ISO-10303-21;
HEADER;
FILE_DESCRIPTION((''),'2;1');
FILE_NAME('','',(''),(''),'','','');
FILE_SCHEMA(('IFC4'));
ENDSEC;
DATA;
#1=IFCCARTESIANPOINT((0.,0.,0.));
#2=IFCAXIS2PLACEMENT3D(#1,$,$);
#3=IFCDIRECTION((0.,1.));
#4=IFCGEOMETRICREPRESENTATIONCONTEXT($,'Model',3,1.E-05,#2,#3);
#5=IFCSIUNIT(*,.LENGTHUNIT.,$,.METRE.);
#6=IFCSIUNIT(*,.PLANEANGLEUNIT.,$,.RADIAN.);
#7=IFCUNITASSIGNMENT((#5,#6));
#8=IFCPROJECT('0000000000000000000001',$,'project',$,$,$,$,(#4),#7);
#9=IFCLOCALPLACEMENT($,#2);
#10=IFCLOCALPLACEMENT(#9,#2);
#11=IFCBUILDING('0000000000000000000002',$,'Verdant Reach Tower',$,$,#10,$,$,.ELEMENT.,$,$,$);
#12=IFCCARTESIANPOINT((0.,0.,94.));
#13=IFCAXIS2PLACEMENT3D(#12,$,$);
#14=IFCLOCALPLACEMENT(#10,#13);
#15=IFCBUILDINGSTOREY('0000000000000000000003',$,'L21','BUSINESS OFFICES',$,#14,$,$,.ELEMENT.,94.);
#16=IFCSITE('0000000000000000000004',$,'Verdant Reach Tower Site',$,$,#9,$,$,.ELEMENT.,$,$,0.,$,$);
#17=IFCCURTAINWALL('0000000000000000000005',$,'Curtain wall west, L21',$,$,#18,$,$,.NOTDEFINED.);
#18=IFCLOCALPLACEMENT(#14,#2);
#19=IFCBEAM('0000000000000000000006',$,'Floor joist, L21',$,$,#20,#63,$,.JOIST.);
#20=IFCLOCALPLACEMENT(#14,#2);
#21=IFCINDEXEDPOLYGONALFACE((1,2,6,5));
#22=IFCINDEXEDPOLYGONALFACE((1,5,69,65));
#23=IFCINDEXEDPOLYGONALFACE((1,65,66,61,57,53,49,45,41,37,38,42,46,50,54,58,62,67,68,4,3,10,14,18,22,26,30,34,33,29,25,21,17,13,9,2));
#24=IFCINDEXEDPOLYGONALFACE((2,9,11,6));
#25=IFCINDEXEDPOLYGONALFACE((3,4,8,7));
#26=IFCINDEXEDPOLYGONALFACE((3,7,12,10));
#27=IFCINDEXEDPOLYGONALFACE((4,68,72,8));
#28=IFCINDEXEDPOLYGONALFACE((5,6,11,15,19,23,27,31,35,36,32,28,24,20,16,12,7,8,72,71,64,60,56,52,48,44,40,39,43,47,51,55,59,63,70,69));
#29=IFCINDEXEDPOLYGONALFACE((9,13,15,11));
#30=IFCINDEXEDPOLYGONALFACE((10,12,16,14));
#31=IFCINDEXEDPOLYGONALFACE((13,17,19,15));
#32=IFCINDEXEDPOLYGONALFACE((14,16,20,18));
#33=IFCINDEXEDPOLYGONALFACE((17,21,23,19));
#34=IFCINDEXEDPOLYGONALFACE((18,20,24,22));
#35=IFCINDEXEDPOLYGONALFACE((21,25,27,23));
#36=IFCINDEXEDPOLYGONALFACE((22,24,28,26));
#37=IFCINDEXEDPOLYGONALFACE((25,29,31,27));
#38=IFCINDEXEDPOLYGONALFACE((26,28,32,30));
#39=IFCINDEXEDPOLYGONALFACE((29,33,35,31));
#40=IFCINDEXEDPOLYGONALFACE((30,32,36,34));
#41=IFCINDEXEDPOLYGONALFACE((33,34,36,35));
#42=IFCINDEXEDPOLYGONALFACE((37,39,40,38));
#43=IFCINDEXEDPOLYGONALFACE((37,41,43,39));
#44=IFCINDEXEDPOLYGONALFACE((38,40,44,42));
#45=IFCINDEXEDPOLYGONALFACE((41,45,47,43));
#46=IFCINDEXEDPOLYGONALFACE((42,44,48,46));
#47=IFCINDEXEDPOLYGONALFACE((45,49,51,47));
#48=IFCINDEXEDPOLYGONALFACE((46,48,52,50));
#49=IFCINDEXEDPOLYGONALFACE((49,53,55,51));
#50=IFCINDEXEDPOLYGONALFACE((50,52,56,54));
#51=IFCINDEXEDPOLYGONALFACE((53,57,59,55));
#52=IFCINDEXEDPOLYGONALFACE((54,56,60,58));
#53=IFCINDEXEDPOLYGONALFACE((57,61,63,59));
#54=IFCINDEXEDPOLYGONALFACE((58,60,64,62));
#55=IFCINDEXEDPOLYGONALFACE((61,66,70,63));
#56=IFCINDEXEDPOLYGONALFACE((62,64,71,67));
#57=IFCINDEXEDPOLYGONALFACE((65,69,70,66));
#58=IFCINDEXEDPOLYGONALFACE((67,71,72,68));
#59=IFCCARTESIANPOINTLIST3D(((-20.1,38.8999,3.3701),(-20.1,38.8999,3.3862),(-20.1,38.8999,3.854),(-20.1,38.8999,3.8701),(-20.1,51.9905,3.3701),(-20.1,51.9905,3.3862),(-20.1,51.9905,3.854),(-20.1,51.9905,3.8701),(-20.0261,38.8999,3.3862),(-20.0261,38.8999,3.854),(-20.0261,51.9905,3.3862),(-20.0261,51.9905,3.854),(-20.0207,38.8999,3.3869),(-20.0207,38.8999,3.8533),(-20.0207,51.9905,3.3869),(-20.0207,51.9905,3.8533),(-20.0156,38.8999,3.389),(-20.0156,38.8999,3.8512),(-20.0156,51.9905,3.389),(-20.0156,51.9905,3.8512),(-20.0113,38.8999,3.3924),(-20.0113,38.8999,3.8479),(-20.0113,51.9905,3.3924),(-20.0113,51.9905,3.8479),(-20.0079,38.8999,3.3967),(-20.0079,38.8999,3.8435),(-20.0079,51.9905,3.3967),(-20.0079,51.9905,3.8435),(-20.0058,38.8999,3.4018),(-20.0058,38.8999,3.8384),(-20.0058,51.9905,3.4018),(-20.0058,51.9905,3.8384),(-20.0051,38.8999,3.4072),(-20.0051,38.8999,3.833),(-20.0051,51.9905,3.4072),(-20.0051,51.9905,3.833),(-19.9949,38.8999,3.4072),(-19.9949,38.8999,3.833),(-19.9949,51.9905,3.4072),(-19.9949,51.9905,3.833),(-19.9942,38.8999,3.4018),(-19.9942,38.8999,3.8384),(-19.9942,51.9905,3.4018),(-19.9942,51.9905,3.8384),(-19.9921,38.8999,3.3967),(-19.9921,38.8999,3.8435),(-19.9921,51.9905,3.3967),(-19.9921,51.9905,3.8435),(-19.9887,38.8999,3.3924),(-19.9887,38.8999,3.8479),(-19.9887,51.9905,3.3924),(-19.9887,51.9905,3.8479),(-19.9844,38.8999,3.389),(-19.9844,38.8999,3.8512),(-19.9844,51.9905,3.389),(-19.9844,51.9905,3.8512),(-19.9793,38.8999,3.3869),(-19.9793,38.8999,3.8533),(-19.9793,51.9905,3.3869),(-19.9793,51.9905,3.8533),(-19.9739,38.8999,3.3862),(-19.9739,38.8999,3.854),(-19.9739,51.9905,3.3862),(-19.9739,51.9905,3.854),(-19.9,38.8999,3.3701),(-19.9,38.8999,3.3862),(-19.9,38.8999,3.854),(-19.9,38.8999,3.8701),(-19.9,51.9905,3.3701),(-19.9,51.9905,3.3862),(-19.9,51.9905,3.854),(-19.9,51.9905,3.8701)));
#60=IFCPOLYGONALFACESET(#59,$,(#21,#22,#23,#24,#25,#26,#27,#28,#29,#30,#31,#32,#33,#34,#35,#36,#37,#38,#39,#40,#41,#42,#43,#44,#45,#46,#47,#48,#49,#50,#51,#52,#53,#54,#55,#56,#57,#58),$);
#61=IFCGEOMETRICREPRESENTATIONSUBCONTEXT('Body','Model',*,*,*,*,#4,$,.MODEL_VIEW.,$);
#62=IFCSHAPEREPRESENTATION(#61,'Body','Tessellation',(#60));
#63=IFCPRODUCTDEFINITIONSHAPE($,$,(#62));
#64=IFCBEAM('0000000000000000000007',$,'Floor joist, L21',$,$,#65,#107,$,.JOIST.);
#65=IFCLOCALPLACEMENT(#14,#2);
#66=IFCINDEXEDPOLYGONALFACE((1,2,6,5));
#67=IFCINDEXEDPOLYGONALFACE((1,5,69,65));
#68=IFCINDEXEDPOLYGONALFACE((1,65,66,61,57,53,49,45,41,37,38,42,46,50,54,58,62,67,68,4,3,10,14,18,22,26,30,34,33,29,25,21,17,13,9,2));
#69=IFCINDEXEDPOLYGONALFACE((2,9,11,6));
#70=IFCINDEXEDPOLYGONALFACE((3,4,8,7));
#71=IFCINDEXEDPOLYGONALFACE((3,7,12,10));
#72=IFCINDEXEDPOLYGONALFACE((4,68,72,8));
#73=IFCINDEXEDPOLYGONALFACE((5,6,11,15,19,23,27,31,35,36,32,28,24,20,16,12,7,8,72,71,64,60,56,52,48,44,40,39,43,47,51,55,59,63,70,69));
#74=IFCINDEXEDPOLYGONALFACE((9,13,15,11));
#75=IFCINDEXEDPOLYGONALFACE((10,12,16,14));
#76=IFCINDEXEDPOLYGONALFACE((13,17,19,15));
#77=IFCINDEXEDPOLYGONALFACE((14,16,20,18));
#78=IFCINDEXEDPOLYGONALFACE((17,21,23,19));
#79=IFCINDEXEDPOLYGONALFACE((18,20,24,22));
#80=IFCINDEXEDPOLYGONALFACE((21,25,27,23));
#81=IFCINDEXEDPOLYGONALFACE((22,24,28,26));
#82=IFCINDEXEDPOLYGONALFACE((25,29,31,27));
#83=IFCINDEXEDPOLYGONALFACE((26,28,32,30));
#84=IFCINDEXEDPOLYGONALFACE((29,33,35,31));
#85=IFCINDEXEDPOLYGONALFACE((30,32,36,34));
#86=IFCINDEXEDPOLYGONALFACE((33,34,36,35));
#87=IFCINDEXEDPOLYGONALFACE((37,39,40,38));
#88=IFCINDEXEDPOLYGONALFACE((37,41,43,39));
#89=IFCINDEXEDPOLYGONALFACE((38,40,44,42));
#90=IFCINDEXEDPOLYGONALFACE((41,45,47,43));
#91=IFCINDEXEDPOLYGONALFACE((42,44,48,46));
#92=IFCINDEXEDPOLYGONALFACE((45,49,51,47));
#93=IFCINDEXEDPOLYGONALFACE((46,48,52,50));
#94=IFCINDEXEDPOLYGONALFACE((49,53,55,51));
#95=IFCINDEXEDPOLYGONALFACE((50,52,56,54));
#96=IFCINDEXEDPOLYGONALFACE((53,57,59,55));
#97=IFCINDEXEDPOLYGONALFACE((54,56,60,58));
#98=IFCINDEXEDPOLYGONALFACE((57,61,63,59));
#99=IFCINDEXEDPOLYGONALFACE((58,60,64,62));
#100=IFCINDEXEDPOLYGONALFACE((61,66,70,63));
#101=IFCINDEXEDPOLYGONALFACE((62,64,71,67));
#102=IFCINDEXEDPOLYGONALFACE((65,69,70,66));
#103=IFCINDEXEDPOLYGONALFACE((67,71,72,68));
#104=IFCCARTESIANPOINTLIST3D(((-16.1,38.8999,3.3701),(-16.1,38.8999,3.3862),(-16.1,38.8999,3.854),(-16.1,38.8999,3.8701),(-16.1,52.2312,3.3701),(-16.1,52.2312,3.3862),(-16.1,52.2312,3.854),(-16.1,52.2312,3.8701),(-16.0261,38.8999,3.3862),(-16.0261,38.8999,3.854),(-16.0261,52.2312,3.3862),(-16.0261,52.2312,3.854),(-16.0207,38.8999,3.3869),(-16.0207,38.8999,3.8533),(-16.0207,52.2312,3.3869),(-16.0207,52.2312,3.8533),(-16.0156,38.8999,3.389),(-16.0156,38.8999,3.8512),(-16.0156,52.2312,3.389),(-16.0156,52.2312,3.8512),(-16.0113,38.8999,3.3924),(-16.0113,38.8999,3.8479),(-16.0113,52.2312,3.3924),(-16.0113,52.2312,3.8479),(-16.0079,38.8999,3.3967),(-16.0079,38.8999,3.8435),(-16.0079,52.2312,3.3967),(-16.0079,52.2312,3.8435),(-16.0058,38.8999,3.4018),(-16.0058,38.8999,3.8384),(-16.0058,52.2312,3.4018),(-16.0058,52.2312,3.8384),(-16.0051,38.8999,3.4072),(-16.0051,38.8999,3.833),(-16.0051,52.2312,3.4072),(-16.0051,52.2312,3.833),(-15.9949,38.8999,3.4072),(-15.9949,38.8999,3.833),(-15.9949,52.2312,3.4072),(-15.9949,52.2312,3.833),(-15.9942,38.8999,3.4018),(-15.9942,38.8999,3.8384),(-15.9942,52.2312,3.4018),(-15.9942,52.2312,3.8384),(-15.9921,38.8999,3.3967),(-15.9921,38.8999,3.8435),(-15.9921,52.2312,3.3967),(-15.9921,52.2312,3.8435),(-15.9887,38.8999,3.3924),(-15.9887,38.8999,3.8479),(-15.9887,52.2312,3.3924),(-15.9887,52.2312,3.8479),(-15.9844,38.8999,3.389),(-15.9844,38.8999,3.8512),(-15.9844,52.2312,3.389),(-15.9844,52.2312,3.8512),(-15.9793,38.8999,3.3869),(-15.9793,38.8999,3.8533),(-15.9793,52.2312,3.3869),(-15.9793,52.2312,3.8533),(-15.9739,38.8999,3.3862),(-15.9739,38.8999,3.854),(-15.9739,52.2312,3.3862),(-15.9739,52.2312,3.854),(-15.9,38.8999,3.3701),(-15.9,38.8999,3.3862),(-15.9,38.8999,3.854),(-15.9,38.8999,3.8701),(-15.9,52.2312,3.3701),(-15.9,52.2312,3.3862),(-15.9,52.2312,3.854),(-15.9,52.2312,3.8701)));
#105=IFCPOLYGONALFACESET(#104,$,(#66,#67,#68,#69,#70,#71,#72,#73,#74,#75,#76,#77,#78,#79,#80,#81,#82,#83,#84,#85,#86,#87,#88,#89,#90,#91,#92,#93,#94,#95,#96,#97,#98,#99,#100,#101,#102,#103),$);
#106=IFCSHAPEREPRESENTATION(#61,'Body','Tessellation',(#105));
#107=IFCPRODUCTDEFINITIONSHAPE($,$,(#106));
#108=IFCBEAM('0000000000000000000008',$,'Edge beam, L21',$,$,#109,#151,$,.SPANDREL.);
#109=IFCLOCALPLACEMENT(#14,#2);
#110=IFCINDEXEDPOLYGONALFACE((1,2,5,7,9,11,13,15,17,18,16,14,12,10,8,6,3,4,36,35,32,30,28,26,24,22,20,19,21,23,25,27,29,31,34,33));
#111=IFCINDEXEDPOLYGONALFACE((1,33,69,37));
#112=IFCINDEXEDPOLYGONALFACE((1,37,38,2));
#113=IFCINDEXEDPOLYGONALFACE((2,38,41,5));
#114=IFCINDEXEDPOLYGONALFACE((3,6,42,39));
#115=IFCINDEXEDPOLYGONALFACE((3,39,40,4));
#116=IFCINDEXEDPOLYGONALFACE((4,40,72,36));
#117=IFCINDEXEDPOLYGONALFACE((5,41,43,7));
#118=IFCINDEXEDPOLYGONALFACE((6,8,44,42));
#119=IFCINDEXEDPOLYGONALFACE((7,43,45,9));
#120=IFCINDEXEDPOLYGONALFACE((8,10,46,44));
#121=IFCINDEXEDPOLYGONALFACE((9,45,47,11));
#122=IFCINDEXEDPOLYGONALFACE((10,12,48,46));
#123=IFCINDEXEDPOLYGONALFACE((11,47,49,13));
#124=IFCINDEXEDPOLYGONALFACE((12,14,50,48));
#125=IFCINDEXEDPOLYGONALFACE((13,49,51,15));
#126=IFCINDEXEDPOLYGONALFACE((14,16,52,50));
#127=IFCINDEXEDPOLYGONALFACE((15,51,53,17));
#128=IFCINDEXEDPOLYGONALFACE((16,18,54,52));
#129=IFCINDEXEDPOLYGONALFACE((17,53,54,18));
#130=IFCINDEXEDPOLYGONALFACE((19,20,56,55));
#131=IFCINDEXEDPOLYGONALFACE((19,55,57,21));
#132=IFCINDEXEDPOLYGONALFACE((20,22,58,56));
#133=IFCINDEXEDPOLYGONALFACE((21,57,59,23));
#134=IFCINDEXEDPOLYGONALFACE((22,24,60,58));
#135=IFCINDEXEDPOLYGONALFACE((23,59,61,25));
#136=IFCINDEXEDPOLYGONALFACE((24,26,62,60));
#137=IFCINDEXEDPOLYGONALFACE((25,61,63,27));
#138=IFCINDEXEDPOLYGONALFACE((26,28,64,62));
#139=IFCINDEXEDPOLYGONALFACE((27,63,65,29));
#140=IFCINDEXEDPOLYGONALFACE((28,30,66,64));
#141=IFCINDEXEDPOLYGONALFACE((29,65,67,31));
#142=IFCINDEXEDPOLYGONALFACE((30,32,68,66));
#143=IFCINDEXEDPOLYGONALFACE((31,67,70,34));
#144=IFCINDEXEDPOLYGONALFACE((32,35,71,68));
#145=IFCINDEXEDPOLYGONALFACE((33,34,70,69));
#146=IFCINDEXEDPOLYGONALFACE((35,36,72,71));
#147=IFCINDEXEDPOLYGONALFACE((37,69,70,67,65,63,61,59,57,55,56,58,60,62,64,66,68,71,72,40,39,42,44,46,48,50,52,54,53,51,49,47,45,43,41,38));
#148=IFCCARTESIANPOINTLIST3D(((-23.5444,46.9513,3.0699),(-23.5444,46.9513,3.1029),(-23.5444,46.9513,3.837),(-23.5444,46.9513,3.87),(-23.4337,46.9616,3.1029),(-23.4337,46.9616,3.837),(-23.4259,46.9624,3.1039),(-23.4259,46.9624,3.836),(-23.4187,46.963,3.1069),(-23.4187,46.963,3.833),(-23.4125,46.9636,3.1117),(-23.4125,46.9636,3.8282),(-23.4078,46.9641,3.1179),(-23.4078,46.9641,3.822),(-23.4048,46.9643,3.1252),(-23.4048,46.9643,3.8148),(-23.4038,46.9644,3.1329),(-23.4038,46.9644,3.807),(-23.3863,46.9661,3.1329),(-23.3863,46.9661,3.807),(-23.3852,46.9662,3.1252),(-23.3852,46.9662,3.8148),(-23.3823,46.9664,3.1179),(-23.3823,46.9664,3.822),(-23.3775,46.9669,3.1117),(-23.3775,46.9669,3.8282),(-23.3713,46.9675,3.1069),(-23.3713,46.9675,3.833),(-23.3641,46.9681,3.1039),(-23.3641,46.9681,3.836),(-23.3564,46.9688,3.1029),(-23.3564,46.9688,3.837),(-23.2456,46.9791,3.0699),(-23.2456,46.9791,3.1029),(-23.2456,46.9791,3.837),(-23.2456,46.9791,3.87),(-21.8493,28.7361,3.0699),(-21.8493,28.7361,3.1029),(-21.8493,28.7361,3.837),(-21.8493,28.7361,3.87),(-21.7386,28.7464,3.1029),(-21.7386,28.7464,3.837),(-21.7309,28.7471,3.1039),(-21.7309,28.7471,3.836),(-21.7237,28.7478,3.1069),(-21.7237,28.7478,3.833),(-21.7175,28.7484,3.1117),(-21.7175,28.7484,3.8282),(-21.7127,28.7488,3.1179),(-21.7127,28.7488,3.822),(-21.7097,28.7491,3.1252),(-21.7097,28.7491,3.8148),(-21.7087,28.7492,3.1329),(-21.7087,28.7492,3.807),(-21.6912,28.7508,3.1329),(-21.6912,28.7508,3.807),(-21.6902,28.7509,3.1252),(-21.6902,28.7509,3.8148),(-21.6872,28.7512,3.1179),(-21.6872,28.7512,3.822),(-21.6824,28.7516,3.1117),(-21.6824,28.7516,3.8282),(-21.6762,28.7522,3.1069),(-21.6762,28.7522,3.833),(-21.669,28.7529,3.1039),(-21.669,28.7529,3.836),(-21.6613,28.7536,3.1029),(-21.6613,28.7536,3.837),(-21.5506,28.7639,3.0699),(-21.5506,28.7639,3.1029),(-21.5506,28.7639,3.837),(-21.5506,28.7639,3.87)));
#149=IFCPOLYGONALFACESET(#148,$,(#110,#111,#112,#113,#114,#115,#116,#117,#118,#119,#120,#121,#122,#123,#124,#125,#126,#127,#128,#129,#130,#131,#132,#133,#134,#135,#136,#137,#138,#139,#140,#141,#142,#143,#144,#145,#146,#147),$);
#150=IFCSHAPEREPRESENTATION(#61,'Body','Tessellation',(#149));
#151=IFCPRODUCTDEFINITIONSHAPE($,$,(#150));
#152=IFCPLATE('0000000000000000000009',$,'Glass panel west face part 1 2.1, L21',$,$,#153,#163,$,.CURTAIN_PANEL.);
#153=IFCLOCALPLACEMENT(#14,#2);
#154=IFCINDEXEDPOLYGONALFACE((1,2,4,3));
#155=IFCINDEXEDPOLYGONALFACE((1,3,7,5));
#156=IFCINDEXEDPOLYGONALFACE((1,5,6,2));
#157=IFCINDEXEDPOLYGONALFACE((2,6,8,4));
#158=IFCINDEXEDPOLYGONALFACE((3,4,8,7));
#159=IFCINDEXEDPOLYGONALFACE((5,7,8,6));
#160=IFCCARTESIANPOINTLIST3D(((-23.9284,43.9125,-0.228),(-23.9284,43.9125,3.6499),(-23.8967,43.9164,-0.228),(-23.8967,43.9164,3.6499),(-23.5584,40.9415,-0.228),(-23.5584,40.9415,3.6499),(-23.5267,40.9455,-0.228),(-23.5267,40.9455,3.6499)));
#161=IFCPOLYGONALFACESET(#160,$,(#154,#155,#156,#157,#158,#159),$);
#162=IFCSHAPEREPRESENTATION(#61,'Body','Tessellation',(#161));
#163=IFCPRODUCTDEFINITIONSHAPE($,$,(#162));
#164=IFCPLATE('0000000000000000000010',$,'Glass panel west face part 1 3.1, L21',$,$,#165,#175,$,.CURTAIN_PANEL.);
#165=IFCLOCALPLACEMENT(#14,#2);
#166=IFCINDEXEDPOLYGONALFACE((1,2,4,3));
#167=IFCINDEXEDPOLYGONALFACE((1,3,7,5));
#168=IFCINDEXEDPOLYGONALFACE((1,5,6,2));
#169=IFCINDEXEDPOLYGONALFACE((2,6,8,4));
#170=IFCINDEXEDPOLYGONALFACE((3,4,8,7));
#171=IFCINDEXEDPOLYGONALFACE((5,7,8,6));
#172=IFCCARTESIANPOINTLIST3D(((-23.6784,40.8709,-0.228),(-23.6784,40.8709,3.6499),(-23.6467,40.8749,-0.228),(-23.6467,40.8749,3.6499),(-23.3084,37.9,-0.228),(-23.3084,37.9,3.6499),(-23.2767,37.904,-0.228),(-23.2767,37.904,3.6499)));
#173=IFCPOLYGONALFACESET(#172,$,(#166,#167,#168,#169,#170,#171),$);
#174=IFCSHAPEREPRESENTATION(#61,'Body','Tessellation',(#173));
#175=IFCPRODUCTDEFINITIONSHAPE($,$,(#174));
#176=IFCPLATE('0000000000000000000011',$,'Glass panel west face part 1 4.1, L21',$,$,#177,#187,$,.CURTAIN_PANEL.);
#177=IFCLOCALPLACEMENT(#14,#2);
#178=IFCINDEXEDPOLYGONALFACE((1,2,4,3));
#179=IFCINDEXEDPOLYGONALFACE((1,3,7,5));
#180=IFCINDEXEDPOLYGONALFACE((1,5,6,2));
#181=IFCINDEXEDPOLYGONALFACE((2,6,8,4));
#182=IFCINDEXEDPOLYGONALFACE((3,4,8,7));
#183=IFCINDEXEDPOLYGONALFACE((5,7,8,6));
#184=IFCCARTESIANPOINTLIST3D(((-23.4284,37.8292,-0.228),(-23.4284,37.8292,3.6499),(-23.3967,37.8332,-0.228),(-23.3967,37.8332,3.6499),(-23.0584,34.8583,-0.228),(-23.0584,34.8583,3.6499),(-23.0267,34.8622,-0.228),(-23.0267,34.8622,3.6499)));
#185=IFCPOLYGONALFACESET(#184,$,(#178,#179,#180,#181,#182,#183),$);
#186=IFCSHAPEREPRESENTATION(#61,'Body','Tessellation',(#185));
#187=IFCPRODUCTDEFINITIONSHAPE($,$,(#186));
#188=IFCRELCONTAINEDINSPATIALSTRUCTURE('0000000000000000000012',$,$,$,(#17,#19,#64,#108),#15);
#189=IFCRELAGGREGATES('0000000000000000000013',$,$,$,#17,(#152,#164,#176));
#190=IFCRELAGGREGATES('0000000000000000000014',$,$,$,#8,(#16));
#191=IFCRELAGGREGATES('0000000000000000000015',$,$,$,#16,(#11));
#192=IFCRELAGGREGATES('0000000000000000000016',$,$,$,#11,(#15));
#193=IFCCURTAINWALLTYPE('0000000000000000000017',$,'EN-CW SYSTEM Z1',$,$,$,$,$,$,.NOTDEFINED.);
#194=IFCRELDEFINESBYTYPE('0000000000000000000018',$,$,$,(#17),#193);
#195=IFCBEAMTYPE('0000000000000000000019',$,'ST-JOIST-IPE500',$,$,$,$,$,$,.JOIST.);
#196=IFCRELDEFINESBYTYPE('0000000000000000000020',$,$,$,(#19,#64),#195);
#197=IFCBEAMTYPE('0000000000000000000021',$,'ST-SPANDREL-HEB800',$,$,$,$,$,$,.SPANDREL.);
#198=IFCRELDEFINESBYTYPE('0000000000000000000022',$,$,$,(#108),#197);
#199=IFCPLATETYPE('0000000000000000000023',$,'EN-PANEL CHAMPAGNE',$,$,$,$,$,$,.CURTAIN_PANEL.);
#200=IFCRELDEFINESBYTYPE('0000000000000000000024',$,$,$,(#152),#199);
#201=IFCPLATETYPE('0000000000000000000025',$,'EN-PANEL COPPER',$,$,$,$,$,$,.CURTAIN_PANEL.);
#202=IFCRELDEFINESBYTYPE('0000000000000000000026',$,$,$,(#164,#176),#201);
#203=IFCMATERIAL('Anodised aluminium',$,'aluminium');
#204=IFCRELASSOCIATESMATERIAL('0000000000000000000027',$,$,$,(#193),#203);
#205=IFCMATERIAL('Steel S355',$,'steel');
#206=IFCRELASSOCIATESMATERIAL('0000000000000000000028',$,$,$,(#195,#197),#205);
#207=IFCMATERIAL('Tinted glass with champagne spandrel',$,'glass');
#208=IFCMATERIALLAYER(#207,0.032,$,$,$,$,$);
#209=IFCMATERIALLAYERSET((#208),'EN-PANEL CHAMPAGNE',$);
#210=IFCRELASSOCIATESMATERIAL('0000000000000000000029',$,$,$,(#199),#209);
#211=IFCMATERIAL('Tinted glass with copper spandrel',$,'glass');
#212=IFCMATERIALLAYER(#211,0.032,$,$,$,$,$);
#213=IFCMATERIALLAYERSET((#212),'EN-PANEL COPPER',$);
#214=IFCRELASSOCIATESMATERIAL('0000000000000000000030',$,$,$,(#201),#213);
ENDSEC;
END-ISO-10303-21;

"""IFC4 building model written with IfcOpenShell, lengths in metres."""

from ifc_helpers import new_model, si_unit, direction, frame, origin, origin_2d, place, context, subcontext, project, spatial, rectangle, i_section, extrude, material, layer, layer_set, material_profile, profile_set, type_object, element, aggregate, save


model = new_model("IFC4")

# Units and contexts
model_context = context("Model", 3, precision=1e-05, world=origin(), true_north=direction((0.0, 1.0)))
body_context = subcontext(model_context, "Body", "Model", "MODEL_VIEW")
ifc_project = project(units=[si_unit("LENGTHUNIT", "METRE"), si_unit("PLANEANGLEUNIT", "RADIAN")], contexts=[model_context])

# Site, building, storey
site_placement = place(None, origin())
site = spatial("IfcSite", under=ifc_project, at=site_placement, Name="Verdant Reach Tower Site", CompositionType="ELEMENT", RefElevation=0.0)
building_placement = place(site_placement, origin())
building = spatial("IfcBuilding", under=site, at=building_placement, Name="Verdant Reach Tower", CompositionType="ELEMENT")
storey_placement = place(building_placement, frame((0.0, 0.0, 94.0)))
storey = spatial("IfcBuildingStorey", under=building, at=storey_placement, Name="L21", Description="BUSINESS OFFICES", CompositionType="ELEMENT", Elevation=94.0)

# Curtain wall
ifc_material_1 = material(Name="Anodised aluminium", Category="aluminium")
curtain_wall_type = type_object("IfcCurtainWallType", Name="EN-CW SYSTEM Z1", PredefinedType="NOTDEFINED", material=ifc_material_1)
curtain_wall_placement = place(storey_placement, origin())
curtain_wall = element("IfcCurtainWall", 1, at=curtain_wall_placement, inside=storey, type_object=curtain_wall_type, Name="Curtain wall west, L21", PredefinedType="NOTDEFINED")

# Beams
ifc_material_2 = material(Name="Steel S355", Category="steel")
ifc_material_profile_1 = material_profile(ifc_material_2, i_section(OverallWidth=0.2, OverallDepth=0.5, WebThickness=0.0103, FlangeThickness=0.0161, FilletRadius=0.021, at=origin_2d()), Name="IPE 500")
ifc_profile_set_1 = profile_set([ifc_material_profile_1], Name="Steel S355")
beam_type_1 = type_object("IfcBeamType", Name="ST-JOIST-IPE500", PredefinedType="JOIST", material=ifc_profile_set_1)
beam_1_placement = place(storey_placement, frame((-20.0, 38.8999, 3.6201), z_axis=(0.0, 1.0, 0.0), x_axis=(-1.0, 0.0, 0.0)))
element("IfcBeam", 2, at=beam_1_placement, inside=storey, type_object=beam_type_1, Name="Floor joist, L21", PredefinedType="JOIST", context=body_context, shape_type="SweptSolid", body=[
    extrude(i_section(OverallWidth=0.2, OverallDepth=0.5, WebThickness=0.0103, FlangeThickness=0.0161, FilletRadius=0.021, at=origin_2d()), origin(), (0.0, 0.0, 1.0), 13.0906),
])
beam_2_placement = place(storey_placement, frame((-16.0, 38.8999, 3.6201), z_axis=(0.0, 1.0, 0.0), x_axis=(-1.0, 0.0, 0.0)))
element("IfcBeam", 3, at=beam_2_placement, inside=storey, type_object=beam_type_1, Name="Floor joist, L21", PredefinedType="JOIST", context=body_context, shape_type="SweptSolid", body=[
    extrude(i_section(OverallWidth=0.2, OverallDepth=0.5, WebThickness=0.0103, FlangeThickness=0.0161, FilletRadius=0.021, at=origin_2d()), origin(), (0.0, 0.0, 1.0), 13.3313),
])
ifc_material_profile_2 = material_profile(ifc_material_2, i_section(OverallWidth=0.3, OverallDepth=0.8, WebThickness=0.0176, FlangeThickness=0.033, FilletRadius=0.03, at=origin_2d()), Name="HEB 800")
ifc_profile_set_2 = profile_set([ifc_material_profile_2], Name="Steel S355")
beam_type_2 = type_object("IfcBeamType", Name="ST-SPANDREL-HEB800", PredefinedType="SPANDREL", material=ifc_profile_set_2)
beam_3_placement = place(storey_placement, frame((-21.7, 28.75, 3.47), z_axis=(-0.092657, 0.995698, 0.0), x_axis=(-0.995698, -0.092657, 0.0)))
element("IfcBeam", 4, at=beam_3_placement, inside=storey, type_object=beam_type_2, Name="Edge beam, L21", PredefinedType="SPANDREL", context=body_context, shape_type="SweptSolid", body=[
    extrude(i_section(OverallWidth=0.3, OverallDepth=0.8, WebThickness=0.0176, FlangeThickness=0.033, FilletRadius=0.03, at=origin_2d()), origin(), (0.0, 0.0, 1.0), 18.2939),
])

# Plates
ifc_material_3 = material(Name="Tinted glass with champagne spandrel", Category="glass")
ifc_layer_1 = layer(ifc_material_3, 0.032)
ifc_layer_set_1 = layer_set([ifc_layer_1], Name="EN-PANEL CHAMPAGNE")
plate_type_1 = type_object("IfcPlateType", Name="EN-PANEL CHAMPAGNE", PredefinedType="CURTAIN_PANEL", material=ifc_layer_set_1)
plate_1_placement = place(storey_placement, frame((-23.7275, 42.429, -0.228), z_axis=(0.0, 0.0, 1.0), x_axis=(0.123579, -0.992335, 0.0)))
plate_1 = element("IfcPlate", 5, at=plate_1_placement, type_object=plate_type_1, Name="Glass panel west face part 1 2.1, L21", PredefinedType="CURTAIN_PANEL", context=body_context, shape_type="SweptSolid", body=[
    extrude(rectangle(XDim=2.9939, YDim=0.032, at=origin_2d()), origin(), (0.0, 0.0, 1.0), 3.8779),
])
ifc_material_4 = material(Name="Tinted glass with copper spandrel", Category="glass")
ifc_layer_2 = layer(ifc_material_4, 0.032)
ifc_layer_set_2 = layer_set([ifc_layer_2], Name="EN-PANEL COPPER")
plate_type_2 = type_object("IfcPlateType", Name="EN-PANEL COPPER", PredefinedType="CURTAIN_PANEL", material=ifc_layer_set_2)
plate_2_placement = place(storey_placement, frame((-23.4775, 39.3875, -0.228), z_axis=(0.0, 0.0, 1.0), x_axis=(0.123579, -0.992335, 0.0)))
plate_2 = element("IfcPlate", 6, at=plate_2_placement, type_object=plate_type_2, Name="Glass panel west face part 1 3.1, L21", PredefinedType="CURTAIN_PANEL", context=body_context, shape_type="SweptSolid", body=[
    extrude(rectangle(XDim=2.9939, YDim=0.032, at=origin_2d()), origin(), (0.0, 0.0, 1.0), 3.8779),
])
plate_3_placement = place(storey_placement, frame((-23.2275, 36.3457, -0.228), z_axis=(0.0, 0.0, 1.0), x_axis=(0.123579, -0.992335, 0.0)))
plate_3 = element("IfcPlate", 7, at=plate_3_placement, type_object=plate_type_2, Name="Glass panel west face part 1 4.1, L21", PredefinedType="CURTAIN_PANEL", context=body_context, shape_type="SweptSolid", body=[
    extrude(rectangle(XDim=2.9939, YDim=0.032, at=origin_2d()), origin(), (0.0, 0.0, 1.0), 3.8779),
])
aggregate(curtain_wall, [plate_1, plate_2, plate_3])

save(model, "model.ifc")
